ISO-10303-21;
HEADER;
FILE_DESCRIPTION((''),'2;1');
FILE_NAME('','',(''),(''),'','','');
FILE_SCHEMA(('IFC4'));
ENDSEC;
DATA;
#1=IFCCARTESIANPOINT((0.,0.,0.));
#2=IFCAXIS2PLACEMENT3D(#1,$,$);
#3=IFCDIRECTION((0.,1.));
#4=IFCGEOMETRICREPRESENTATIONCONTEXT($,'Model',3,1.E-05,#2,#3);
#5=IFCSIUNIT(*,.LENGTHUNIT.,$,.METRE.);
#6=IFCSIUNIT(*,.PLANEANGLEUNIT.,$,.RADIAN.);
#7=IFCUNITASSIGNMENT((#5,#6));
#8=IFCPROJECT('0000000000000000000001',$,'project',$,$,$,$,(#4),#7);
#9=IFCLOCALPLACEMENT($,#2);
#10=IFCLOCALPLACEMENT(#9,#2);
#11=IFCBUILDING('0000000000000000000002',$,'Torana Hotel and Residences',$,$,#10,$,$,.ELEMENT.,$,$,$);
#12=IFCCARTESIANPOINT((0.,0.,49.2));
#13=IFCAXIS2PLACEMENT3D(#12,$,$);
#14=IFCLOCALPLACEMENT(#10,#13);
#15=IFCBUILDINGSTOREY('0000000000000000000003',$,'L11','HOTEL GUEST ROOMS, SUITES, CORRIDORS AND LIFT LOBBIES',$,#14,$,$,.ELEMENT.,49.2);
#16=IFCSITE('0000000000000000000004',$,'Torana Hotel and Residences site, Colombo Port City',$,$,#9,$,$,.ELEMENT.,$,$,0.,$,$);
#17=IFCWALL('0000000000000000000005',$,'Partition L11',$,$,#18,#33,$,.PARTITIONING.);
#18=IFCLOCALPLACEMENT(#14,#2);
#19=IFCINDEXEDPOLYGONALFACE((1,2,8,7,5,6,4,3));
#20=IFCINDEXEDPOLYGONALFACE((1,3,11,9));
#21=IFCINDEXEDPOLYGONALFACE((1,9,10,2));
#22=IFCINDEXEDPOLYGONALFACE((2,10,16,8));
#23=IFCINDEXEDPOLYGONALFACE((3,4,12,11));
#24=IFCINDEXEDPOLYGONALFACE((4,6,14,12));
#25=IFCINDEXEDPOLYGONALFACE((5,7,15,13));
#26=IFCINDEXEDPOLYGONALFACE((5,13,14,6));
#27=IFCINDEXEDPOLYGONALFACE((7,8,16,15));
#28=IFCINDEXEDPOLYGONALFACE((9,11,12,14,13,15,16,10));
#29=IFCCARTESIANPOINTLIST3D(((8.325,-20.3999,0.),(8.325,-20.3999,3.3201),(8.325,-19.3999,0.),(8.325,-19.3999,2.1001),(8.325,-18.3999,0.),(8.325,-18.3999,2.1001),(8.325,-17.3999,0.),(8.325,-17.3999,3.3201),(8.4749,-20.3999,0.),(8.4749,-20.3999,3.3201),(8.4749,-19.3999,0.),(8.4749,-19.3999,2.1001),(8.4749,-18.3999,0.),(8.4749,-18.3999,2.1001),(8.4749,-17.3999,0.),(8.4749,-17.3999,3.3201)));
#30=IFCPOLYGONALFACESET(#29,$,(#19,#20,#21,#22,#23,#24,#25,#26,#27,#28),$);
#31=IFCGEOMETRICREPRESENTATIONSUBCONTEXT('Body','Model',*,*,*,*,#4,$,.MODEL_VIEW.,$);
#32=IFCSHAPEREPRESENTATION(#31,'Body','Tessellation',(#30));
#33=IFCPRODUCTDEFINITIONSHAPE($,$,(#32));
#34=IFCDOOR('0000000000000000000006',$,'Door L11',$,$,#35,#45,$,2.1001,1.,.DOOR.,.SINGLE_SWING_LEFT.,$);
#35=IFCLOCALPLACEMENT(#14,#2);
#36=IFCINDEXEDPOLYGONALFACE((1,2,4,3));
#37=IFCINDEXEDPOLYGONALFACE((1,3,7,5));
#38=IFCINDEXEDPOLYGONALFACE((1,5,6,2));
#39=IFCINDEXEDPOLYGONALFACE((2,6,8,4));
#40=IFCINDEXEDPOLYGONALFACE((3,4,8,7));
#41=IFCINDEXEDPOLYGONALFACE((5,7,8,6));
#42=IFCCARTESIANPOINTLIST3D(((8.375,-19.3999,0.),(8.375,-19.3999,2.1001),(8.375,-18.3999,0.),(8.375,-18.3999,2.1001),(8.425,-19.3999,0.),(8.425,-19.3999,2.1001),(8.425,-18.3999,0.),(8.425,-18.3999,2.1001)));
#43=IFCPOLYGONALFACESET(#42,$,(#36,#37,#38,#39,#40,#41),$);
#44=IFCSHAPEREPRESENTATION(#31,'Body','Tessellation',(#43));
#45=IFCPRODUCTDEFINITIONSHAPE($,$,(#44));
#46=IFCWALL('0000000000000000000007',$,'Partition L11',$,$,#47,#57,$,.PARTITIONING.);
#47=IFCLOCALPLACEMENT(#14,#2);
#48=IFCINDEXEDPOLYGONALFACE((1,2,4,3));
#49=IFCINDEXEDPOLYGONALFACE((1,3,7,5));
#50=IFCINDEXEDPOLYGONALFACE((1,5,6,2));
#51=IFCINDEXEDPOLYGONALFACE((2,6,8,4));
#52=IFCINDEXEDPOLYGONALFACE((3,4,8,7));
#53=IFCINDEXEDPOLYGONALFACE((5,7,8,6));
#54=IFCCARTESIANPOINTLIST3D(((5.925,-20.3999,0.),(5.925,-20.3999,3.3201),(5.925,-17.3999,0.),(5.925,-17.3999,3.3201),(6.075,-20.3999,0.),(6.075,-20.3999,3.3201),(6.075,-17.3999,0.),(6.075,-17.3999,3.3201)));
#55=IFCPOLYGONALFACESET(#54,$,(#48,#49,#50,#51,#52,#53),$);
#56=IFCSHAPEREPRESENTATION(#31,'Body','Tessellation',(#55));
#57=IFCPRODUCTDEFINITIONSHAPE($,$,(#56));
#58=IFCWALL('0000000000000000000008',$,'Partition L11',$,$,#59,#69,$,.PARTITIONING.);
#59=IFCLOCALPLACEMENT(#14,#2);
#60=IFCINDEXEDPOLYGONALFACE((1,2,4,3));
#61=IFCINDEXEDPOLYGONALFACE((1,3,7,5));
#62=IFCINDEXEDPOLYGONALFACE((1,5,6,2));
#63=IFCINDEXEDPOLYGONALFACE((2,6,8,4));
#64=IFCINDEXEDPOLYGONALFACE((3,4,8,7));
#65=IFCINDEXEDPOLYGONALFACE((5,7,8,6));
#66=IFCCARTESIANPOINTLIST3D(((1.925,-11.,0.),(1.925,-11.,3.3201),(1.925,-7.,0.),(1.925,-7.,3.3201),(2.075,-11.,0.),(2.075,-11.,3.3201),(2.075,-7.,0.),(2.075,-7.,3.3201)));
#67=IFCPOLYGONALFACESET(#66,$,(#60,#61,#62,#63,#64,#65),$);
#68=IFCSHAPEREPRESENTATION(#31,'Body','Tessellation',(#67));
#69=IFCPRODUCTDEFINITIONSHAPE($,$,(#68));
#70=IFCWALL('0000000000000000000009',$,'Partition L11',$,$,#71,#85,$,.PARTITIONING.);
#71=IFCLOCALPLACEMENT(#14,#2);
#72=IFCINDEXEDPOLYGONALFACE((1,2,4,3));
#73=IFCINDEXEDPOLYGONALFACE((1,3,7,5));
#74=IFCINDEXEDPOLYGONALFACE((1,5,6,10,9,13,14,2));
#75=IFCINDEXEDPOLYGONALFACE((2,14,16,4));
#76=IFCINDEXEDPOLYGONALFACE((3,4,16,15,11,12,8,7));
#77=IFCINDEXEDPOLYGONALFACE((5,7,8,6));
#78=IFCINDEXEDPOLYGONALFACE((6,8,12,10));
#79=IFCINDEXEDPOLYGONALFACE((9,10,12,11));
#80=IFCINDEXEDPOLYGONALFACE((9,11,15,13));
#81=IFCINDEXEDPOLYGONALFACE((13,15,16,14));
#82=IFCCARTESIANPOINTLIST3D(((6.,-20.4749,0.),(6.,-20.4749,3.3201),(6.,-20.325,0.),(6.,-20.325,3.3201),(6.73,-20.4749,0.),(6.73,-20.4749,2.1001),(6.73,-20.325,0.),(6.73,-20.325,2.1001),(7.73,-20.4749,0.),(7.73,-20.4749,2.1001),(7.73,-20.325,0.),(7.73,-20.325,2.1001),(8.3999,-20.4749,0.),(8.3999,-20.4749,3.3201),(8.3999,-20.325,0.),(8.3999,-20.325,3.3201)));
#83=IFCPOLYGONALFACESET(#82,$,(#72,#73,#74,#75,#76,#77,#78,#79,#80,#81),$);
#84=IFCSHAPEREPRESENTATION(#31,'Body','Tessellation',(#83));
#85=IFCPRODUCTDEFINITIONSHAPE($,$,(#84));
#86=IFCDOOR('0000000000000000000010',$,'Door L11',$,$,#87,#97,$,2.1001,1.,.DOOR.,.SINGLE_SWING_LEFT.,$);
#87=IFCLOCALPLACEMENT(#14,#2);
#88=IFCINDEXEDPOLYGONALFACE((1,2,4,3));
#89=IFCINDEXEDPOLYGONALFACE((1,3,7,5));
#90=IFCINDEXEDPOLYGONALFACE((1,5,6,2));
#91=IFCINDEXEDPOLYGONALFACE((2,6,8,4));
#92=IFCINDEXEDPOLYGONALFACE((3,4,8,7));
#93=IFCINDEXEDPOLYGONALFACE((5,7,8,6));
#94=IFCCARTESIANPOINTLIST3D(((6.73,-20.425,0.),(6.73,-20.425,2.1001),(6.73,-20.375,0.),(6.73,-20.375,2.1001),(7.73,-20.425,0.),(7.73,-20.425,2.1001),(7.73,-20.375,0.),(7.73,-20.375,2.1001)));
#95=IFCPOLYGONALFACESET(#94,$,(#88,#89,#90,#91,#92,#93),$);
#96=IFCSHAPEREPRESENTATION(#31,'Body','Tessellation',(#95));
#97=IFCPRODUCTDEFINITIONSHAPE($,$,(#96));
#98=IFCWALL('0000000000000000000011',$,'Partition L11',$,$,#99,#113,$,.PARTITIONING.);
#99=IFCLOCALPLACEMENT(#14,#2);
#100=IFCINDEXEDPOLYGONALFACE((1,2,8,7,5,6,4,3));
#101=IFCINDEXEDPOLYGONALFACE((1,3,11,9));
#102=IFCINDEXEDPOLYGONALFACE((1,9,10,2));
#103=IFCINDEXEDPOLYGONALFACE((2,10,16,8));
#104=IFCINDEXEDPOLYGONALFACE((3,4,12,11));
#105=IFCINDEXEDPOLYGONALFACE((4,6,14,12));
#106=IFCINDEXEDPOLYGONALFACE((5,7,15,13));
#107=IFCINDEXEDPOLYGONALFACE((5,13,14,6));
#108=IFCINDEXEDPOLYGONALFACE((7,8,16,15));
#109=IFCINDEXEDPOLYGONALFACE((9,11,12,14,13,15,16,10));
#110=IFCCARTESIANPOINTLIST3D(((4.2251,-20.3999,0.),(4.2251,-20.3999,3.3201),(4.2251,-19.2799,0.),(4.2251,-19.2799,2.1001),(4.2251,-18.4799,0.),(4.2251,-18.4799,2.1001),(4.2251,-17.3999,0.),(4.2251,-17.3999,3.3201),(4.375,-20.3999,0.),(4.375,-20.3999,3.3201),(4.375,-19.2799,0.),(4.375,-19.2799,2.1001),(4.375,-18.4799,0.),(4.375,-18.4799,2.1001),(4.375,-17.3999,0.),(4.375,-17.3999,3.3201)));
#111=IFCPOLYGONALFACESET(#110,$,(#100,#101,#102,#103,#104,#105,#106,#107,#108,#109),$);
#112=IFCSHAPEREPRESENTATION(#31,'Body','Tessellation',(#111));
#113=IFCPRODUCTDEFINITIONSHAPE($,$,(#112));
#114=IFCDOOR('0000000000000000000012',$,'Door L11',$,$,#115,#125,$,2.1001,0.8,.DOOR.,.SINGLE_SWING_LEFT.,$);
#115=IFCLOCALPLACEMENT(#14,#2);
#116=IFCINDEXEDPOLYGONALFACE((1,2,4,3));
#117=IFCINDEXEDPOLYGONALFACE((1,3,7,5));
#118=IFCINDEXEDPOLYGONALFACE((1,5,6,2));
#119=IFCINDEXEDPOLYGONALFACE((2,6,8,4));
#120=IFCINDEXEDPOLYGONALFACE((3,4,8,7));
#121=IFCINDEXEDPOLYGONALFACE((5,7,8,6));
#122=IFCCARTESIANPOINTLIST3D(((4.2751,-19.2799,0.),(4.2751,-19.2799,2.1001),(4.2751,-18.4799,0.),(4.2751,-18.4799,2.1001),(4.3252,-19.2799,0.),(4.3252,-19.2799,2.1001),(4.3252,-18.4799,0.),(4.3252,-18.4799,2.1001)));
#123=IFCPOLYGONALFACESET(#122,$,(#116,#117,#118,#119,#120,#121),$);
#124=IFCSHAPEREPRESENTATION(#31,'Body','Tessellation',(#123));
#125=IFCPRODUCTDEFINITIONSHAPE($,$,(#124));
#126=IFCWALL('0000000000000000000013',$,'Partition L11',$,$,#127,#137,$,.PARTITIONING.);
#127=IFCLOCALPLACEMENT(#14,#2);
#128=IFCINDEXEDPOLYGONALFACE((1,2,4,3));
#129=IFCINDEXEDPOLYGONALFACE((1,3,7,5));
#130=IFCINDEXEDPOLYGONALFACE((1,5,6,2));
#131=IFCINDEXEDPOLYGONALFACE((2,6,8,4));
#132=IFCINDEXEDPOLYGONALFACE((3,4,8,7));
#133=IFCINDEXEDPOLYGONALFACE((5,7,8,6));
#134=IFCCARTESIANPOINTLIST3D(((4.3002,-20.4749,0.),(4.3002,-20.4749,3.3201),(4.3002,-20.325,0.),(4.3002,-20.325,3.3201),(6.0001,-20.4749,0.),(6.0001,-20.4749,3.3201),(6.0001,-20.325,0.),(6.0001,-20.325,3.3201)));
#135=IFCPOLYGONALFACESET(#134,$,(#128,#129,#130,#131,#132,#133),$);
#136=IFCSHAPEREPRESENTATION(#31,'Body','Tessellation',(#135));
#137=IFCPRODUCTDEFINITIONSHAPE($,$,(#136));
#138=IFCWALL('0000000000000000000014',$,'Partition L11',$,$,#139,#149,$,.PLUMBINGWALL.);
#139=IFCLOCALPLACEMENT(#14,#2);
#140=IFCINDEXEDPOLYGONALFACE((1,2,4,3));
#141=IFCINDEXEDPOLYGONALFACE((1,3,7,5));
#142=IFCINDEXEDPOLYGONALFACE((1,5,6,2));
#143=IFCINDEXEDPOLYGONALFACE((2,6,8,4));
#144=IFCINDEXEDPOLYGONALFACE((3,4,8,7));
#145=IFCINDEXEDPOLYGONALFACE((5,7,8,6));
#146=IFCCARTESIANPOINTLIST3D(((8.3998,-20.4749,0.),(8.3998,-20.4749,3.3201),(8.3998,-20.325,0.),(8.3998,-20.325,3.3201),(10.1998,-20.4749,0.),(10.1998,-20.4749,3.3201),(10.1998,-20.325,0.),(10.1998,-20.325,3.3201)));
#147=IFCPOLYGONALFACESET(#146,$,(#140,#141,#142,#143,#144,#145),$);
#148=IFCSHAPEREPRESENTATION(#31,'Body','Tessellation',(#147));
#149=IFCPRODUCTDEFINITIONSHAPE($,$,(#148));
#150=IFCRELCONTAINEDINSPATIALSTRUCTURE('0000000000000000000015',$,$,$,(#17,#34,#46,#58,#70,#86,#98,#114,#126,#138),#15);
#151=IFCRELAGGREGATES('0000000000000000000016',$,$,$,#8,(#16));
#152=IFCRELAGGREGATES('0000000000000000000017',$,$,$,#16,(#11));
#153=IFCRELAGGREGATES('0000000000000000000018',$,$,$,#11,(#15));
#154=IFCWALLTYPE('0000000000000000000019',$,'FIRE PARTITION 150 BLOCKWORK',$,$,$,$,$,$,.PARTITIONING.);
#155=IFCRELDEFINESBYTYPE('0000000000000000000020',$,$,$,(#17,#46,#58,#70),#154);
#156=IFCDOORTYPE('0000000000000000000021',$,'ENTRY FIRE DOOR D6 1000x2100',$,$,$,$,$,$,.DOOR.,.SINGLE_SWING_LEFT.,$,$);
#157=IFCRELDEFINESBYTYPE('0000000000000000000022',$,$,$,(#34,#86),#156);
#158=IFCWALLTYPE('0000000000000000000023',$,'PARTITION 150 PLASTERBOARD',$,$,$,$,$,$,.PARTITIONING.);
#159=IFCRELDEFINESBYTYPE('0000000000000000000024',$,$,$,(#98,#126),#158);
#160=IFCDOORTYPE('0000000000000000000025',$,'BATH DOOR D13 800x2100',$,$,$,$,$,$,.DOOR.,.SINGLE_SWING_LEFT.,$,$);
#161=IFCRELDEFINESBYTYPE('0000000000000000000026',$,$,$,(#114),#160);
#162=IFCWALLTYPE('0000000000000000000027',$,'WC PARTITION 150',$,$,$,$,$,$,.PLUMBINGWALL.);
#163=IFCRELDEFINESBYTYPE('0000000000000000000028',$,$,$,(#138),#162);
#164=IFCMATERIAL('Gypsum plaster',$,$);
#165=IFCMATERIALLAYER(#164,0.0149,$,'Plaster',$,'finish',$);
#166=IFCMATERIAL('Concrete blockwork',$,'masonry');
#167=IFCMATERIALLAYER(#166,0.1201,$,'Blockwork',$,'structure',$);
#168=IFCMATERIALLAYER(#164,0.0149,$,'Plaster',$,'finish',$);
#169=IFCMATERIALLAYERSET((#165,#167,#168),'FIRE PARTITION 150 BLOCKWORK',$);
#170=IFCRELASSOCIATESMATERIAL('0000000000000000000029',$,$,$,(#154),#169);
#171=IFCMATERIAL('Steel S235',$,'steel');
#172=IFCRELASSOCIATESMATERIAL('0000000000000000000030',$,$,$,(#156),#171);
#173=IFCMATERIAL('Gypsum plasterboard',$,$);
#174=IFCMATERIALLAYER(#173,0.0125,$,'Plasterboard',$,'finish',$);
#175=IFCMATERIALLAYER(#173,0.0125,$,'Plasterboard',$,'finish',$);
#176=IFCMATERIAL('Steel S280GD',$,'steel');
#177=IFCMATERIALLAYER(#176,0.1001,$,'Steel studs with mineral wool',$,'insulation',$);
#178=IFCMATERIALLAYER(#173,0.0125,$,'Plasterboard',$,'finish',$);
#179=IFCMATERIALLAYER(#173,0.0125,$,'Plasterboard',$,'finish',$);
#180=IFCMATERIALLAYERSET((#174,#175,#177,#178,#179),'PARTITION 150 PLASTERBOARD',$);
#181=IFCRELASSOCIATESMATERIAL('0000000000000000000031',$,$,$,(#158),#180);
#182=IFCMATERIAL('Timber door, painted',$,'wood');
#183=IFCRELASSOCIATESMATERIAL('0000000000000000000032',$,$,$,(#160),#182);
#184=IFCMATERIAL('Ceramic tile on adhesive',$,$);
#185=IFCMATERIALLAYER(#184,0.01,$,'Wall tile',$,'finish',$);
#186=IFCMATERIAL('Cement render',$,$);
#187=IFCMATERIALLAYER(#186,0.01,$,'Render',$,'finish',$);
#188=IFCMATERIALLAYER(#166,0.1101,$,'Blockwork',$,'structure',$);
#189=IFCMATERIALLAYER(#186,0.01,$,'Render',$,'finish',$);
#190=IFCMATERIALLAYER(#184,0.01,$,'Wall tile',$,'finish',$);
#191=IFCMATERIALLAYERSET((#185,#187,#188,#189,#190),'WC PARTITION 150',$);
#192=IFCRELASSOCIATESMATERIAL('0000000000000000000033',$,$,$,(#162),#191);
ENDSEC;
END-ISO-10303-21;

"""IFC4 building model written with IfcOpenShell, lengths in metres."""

from ifc_helpers import new_model, si_unit, direction, frame, frame_2d, origin, place, context, subcontext, project, spatial, rectangle, extrude, material, layer, layer_set, type_object, element, fill, save


model = new_model("IFC4")

# Units and contexts
model_context = context("Model", 3, precision=1e-05, world=origin(), true_north=direction((0.0, 1.0)))
body_context = subcontext(model_context, "Body", "Model", "MODEL_VIEW")
ifc_project = project(units=[si_unit("LENGTHUNIT", "METRE"), si_unit("PLANEANGLEUNIT", "RADIAN")], contexts=[model_context])

# Site, building, storey
site_placement = place(None, origin())
site = spatial("IfcSite", under=ifc_project, at=site_placement, Name="Torana Hotel and Residences site, Colombo Port City", CompositionType="ELEMENT", RefElevation=0.0)
building_placement = place(site_placement, origin())
building = spatial("IfcBuilding", under=site, at=building_placement, Name="Torana Hotel and Residences", CompositionType="ELEMENT")
storey_placement = place(building_placement, frame((0.0, 0.0, 49.2)))
storey = spatial("IfcBuildingStorey", under=building, at=storey_placement, Name="L11", Description="HOTEL GUEST ROOMS, SUITES, CORRIDORS AND LIFT LOBBIES", CompositionType="ELEMENT", Elevation=49.2)

# Wall, opening, door
ifc_material_1 = material(Name="Gypsum plaster")
ifc_layer_1 = layer(ifc_material_1, 0.0149, Name="Plaster", Category="finish")
ifc_material_2 = material(Name="Concrete blockwork", Category="masonry")
ifc_layer_2 = layer(ifc_material_2, 0.1201, Name="Blockwork", Category="structure")
ifc_layer_3 = layer(ifc_material_1, 0.0149, Name="Plaster", Category="finish")
ifc_layer_set_1 = layer_set([ifc_layer_1, ifc_layer_2, ifc_layer_3], Name="FIRE PARTITION 150 BLOCKWORK")
wall_type_1 = type_object("IfcWallType", Name="FIRE PARTITION 150 BLOCKWORK", PredefinedType="PARTITIONING", material=ifc_layer_set_1)
wall_1_placement = place(storey_placement, frame((8.3999, -20.3999, 0.0), z_axis=(0.0, 0.0, 1.0), x_axis=(0.0, 1.0, 0.0)))
wall_1 = element("IfcWall", 1, at=wall_1_placement, inside=storey, type_object=wall_type_1, Name="Partition L11", PredefinedType="PARTITIONING", context=body_context, shape_type="SweptSolid", body=[
    extrude(rectangle(XDim=3.0, YDim=0.1499, at=frame_2d((1.5, 0.0))), origin(), (0.0, 0.0, 1.0), 3.3201),
])
opening_1_placement = place(wall_1_placement, frame((1.0, 0.0, 0.0)))
opening_1 = element("IfcOpeningElement", 2, at=opening_1_placement, cuts=wall_1, PredefinedType="OPENING", context=body_context, shape_type="SweptSolid", body=[
    extrude(rectangle(XDim=1.0, YDim=2.1001, at=frame_2d((0.5, 1.05))), frame((0.0, 0.085, 0.0), z_axis=(0.0, -1.0, 0.0), x_axis=(1.0, 0.0, 0.0)), (0.0, 0.0, 1.0), 0.1699),
])
ifc_material_3 = material(Name="Steel S235", Category="steel")
door_type_1 = type_object("IfcDoorType", Name="ENTRY FIRE DOOR D6 1000x2100", OperationType="SINGLE_SWING_LEFT", PredefinedType="DOOR", material=ifc_material_3)
door_1_placement = place(opening_1_placement, frame((0.5, 0.0, 0.0), z_axis=(0.0, 0.0, 1.0), x_axis=(-1.0, 0.0, 0.0)))
door_1 = element("IfcDoor", 3, at=door_1_placement, inside=storey, type_object=door_type_1, Name="Door L11", OperationType="SINGLE_SWING_LEFT", OverallHeight=2.1001, OverallWidth=1.0, PredefinedType="DOOR", context=body_context, shape_type="SweptSolid", body=[
    extrude(rectangle(XDim=1.0, YDim=2.1001, at=frame_2d((0.0, 1.05))), frame((0.0, -0.0249, 0.0), z_axis=(0.0, 1.0, 0.0), x_axis=(-1.0, 0.0, 0.0)), (0.0, 0.0, 1.0), 0.05),
])
fill(opening_1, door_1)

# Walls
wall_2_placement = place(storey_placement, frame((6.0, -20.3999, 0.0), z_axis=(0.0, 0.0, 1.0), x_axis=(0.0, 1.0, 0.0)))
element("IfcWall", 4, at=wall_2_placement, inside=storey, type_object=wall_type_1, Name="Partition L11", PredefinedType="PARTITIONING", context=body_context, shape_type="SweptSolid", body=[
    extrude(rectangle(XDim=3.0, YDim=0.1499, at=frame_2d((1.5, 0.0))), origin(), (0.0, 0.0, 1.0), 3.3201),
])
wall_3_placement = place(storey_placement, frame((2.0, -11.0, 0.0), z_axis=(0.0, 0.0, 1.0), x_axis=(0.0, 1.0, 0.0)))
element("IfcWall", 5, at=wall_3_placement, inside=storey, type_object=wall_type_1, Name="Partition L11", PredefinedType="PARTITIONING", context=body_context, shape_type="SweptSolid", body=[
    extrude(rectangle(XDim=4.0, YDim=0.1499, at=frame_2d((2.0, 0.0))), origin(), (0.0, 0.0, 1.0), 3.3201),
])

# Walls, openings, doors
wall_4_placement = place(storey_placement, frame((6.0, -20.3999, 0.0), z_axis=(0.0, 0.0, 1.0), x_axis=(1.0, 0.0, 0.0)))
wall_4 = element("IfcWall", 6, at=wall_4_placement, inside=storey, type_object=wall_type_1, Name="Partition L11", PredefinedType="PARTITIONING", context=body_context, shape_type="SweptSolid", body=[
    extrude(rectangle(XDim=2.3999, YDim=0.1499, at=frame_2d((1.2, 0.0))), origin(), (0.0, 0.0, 1.0), 3.3201),
])
opening_2_placement = place(wall_4_placement, frame((0.73, 0.0, 0.0)))
opening_2 = element("IfcOpeningElement", 7, at=opening_2_placement, cuts=wall_4, PredefinedType="OPENING", context=body_context, shape_type="SweptSolid", body=[
    extrude(rectangle(XDim=1.0, YDim=2.1001, at=frame_2d((0.5, 1.05))), frame((0.0, 0.085, 0.0), z_axis=(0.0, -1.0, 0.0), x_axis=(1.0, 0.0, 0.0)), (0.0, 0.0, 1.0), 0.1699),
])
door_2_placement = place(opening_2_placement, frame((0.5, 0.0, 0.0), z_axis=(0.0, 0.0, 1.0), x_axis=(-1.0, 0.0, 0.0)))
door_2 = element("IfcDoor", 8, at=door_2_placement, inside=storey, type_object=door_type_1, Name="Door L11", OperationType="SINGLE_SWING_LEFT", OverallHeight=2.1001, OverallWidth=1.0, PredefinedType="DOOR", context=body_context, shape_type="SweptSolid", body=[
    extrude(rectangle(XDim=1.0, YDim=2.1001, at=frame_2d((0.0, 1.05))), frame((0.0, -0.0249, 0.0), z_axis=(0.0, 1.0, 0.0), x_axis=(-1.0, 0.0, 0.0)), (0.0, 0.0, 1.0), 0.05),
])
fill(opening_2, door_2)
ifc_material_4 = material(Name="Gypsum plasterboard")
ifc_layer_4 = layer(ifc_material_4, 0.0125, Name="Plasterboard", Category="finish")
ifc_layer_5 = layer(ifc_material_4, 0.0125, Name="Plasterboard", Category="finish")
ifc_material_5 = material(Name="Steel S280GD", Category="steel")
ifc_layer_6 = layer(ifc_material_5, 0.1001, Name="Steel studs with mineral wool", Category="insulation")
ifc_layer_7 = layer(ifc_material_4, 0.0125, Name="Plasterboard", Category="finish")
ifc_layer_8 = layer(ifc_material_4, 0.0125, Name="Plasterboard", Category="finish")
ifc_layer_set_2 = layer_set([ifc_layer_4, ifc_layer_5, ifc_layer_6, ifc_layer_7, ifc_layer_8], Name="PARTITION 150 PLASTERBOARD")
wall_type_2 = type_object("IfcWallType", Name="PARTITION 150 PLASTERBOARD", PredefinedType="PARTITIONING", material=ifc_layer_set_2)
wall_5_placement = place(storey_placement, frame((4.3, -20.3999, 0.0), z_axis=(0.0, 0.0, 1.0), x_axis=(0.0, 1.0, 0.0)))
wall_5 = element("IfcWall", 9, at=wall_5_placement, inside=storey, type_object=wall_type_2, Name="Partition L11", PredefinedType="PARTITIONING", context=body_context, shape_type="SweptSolid", body=[
    extrude(rectangle(XDim=3.0, YDim=0.1499, at=frame_2d((1.5, 0.0))), origin(), (0.0, 0.0, 1.0), 3.3201),
])
opening_3_placement = place(wall_5_placement, frame((1.1201, 0.0, 0.0)))
opening_3 = element("IfcOpeningElement", 10, at=opening_3_placement, cuts=wall_5, PredefinedType="OPENING", context=body_context, shape_type="SweptSolid", body=[
    extrude(rectangle(XDim=0.8, YDim=2.1001, at=frame_2d((0.3999, 1.05))), frame((0.0, 0.085, 0.0), z_axis=(0.0, -1.0, 0.0), x_axis=(1.0, 0.0, 0.0)), (0.0, 0.0, 1.0), 0.1699),
])
ifc_material_6 = material(Name="Timber door, painted", Category="wood")
door_type_2 = type_object("IfcDoorType", Name="BATH DOOR D13 800x2100", OperationType="SINGLE_SWING_LEFT", PredefinedType="DOOR", material=ifc_material_6)
door_3_placement = place(opening_3_placement, origin())
door_3 = element("IfcDoor", 11, at=door_3_placement, inside=storey, type_object=door_type_2, Name="Door L11", OperationType="SINGLE_SWING_LEFT", OverallHeight=2.1001, OverallWidth=0.8, PredefinedType="DOOR", context=body_context, shape_type="SweptSolid", body=[
    extrude(rectangle(XDim=0.8, YDim=2.1001, at=frame_2d((0.3999, 1.05))), frame((0.0, 0.0249, 0.0), z_axis=(0.0, -1.0, 0.0), x_axis=(1.0, 0.0, 0.0)), (0.0, 0.0, 1.0), 0.05),
])
fill(opening_3, door_3)

# Walls
wall_6_placement = place(storey_placement, frame((4.3, -20.3999, 0.0), z_axis=(0.0, 0.0, 1.0), x_axis=(1.0, 0.0, 0.0)))
element("IfcWall", 12, at=wall_6_placement, inside=storey, type_object=wall_type_2, Name="Partition L11", PredefinedType="PARTITIONING", context=body_context, shape_type="SweptSolid", body=[
    extrude(rectangle(XDim=1.7, YDim=0.1499, at=frame_2d((0.8501, 0.0))), origin(), (0.0, 0.0, 1.0), 3.3201),
])
ifc_material_7 = material(Name="Ceramic tile on adhesive")
ifc_layer_9 = layer(ifc_material_7, 0.01, Name="Wall tile", Category="finish")
ifc_material_8 = material(Name="Cement render")
ifc_layer_10 = layer(ifc_material_8, 0.01, Name="Render", Category="finish")
ifc_layer_11 = layer(ifc_material_2, 0.1101, Name="Blockwork", Category="structure")
ifc_layer_12 = layer(ifc_material_8, 0.01, Name="Render", Category="finish")
ifc_layer_13 = layer(ifc_material_7, 0.01, Name="Wall tile", Category="finish")
ifc_layer_set_3 = layer_set([ifc_layer_9, ifc_layer_10, ifc_layer_11, ifc_layer_12, ifc_layer_13], Name="WC PARTITION 150")
wall_type_3 = type_object("IfcWallType", Name="WC PARTITION 150", PredefinedType="PLUMBINGWALL", material=ifc_layer_set_3)
wall_7_placement = place(storey_placement, frame((8.3999, -20.3999, 0.0), z_axis=(0.0, 0.0, 1.0), x_axis=(1.0, 0.0, 0.0)))
element("IfcWall", 13, at=wall_7_placement, inside=storey, type_object=wall_type_3, Name="Partition L11", PredefinedType="PLUMBINGWALL", context=body_context, shape_type="SweptSolid", body=[
    extrude(rectangle(XDim=1.8, YDim=0.1499, at=frame_2d((0.8999, 0.0))), origin(), (0.0, 0.0, 1.0), 3.3201),
])

save(model, "model.ifc")
